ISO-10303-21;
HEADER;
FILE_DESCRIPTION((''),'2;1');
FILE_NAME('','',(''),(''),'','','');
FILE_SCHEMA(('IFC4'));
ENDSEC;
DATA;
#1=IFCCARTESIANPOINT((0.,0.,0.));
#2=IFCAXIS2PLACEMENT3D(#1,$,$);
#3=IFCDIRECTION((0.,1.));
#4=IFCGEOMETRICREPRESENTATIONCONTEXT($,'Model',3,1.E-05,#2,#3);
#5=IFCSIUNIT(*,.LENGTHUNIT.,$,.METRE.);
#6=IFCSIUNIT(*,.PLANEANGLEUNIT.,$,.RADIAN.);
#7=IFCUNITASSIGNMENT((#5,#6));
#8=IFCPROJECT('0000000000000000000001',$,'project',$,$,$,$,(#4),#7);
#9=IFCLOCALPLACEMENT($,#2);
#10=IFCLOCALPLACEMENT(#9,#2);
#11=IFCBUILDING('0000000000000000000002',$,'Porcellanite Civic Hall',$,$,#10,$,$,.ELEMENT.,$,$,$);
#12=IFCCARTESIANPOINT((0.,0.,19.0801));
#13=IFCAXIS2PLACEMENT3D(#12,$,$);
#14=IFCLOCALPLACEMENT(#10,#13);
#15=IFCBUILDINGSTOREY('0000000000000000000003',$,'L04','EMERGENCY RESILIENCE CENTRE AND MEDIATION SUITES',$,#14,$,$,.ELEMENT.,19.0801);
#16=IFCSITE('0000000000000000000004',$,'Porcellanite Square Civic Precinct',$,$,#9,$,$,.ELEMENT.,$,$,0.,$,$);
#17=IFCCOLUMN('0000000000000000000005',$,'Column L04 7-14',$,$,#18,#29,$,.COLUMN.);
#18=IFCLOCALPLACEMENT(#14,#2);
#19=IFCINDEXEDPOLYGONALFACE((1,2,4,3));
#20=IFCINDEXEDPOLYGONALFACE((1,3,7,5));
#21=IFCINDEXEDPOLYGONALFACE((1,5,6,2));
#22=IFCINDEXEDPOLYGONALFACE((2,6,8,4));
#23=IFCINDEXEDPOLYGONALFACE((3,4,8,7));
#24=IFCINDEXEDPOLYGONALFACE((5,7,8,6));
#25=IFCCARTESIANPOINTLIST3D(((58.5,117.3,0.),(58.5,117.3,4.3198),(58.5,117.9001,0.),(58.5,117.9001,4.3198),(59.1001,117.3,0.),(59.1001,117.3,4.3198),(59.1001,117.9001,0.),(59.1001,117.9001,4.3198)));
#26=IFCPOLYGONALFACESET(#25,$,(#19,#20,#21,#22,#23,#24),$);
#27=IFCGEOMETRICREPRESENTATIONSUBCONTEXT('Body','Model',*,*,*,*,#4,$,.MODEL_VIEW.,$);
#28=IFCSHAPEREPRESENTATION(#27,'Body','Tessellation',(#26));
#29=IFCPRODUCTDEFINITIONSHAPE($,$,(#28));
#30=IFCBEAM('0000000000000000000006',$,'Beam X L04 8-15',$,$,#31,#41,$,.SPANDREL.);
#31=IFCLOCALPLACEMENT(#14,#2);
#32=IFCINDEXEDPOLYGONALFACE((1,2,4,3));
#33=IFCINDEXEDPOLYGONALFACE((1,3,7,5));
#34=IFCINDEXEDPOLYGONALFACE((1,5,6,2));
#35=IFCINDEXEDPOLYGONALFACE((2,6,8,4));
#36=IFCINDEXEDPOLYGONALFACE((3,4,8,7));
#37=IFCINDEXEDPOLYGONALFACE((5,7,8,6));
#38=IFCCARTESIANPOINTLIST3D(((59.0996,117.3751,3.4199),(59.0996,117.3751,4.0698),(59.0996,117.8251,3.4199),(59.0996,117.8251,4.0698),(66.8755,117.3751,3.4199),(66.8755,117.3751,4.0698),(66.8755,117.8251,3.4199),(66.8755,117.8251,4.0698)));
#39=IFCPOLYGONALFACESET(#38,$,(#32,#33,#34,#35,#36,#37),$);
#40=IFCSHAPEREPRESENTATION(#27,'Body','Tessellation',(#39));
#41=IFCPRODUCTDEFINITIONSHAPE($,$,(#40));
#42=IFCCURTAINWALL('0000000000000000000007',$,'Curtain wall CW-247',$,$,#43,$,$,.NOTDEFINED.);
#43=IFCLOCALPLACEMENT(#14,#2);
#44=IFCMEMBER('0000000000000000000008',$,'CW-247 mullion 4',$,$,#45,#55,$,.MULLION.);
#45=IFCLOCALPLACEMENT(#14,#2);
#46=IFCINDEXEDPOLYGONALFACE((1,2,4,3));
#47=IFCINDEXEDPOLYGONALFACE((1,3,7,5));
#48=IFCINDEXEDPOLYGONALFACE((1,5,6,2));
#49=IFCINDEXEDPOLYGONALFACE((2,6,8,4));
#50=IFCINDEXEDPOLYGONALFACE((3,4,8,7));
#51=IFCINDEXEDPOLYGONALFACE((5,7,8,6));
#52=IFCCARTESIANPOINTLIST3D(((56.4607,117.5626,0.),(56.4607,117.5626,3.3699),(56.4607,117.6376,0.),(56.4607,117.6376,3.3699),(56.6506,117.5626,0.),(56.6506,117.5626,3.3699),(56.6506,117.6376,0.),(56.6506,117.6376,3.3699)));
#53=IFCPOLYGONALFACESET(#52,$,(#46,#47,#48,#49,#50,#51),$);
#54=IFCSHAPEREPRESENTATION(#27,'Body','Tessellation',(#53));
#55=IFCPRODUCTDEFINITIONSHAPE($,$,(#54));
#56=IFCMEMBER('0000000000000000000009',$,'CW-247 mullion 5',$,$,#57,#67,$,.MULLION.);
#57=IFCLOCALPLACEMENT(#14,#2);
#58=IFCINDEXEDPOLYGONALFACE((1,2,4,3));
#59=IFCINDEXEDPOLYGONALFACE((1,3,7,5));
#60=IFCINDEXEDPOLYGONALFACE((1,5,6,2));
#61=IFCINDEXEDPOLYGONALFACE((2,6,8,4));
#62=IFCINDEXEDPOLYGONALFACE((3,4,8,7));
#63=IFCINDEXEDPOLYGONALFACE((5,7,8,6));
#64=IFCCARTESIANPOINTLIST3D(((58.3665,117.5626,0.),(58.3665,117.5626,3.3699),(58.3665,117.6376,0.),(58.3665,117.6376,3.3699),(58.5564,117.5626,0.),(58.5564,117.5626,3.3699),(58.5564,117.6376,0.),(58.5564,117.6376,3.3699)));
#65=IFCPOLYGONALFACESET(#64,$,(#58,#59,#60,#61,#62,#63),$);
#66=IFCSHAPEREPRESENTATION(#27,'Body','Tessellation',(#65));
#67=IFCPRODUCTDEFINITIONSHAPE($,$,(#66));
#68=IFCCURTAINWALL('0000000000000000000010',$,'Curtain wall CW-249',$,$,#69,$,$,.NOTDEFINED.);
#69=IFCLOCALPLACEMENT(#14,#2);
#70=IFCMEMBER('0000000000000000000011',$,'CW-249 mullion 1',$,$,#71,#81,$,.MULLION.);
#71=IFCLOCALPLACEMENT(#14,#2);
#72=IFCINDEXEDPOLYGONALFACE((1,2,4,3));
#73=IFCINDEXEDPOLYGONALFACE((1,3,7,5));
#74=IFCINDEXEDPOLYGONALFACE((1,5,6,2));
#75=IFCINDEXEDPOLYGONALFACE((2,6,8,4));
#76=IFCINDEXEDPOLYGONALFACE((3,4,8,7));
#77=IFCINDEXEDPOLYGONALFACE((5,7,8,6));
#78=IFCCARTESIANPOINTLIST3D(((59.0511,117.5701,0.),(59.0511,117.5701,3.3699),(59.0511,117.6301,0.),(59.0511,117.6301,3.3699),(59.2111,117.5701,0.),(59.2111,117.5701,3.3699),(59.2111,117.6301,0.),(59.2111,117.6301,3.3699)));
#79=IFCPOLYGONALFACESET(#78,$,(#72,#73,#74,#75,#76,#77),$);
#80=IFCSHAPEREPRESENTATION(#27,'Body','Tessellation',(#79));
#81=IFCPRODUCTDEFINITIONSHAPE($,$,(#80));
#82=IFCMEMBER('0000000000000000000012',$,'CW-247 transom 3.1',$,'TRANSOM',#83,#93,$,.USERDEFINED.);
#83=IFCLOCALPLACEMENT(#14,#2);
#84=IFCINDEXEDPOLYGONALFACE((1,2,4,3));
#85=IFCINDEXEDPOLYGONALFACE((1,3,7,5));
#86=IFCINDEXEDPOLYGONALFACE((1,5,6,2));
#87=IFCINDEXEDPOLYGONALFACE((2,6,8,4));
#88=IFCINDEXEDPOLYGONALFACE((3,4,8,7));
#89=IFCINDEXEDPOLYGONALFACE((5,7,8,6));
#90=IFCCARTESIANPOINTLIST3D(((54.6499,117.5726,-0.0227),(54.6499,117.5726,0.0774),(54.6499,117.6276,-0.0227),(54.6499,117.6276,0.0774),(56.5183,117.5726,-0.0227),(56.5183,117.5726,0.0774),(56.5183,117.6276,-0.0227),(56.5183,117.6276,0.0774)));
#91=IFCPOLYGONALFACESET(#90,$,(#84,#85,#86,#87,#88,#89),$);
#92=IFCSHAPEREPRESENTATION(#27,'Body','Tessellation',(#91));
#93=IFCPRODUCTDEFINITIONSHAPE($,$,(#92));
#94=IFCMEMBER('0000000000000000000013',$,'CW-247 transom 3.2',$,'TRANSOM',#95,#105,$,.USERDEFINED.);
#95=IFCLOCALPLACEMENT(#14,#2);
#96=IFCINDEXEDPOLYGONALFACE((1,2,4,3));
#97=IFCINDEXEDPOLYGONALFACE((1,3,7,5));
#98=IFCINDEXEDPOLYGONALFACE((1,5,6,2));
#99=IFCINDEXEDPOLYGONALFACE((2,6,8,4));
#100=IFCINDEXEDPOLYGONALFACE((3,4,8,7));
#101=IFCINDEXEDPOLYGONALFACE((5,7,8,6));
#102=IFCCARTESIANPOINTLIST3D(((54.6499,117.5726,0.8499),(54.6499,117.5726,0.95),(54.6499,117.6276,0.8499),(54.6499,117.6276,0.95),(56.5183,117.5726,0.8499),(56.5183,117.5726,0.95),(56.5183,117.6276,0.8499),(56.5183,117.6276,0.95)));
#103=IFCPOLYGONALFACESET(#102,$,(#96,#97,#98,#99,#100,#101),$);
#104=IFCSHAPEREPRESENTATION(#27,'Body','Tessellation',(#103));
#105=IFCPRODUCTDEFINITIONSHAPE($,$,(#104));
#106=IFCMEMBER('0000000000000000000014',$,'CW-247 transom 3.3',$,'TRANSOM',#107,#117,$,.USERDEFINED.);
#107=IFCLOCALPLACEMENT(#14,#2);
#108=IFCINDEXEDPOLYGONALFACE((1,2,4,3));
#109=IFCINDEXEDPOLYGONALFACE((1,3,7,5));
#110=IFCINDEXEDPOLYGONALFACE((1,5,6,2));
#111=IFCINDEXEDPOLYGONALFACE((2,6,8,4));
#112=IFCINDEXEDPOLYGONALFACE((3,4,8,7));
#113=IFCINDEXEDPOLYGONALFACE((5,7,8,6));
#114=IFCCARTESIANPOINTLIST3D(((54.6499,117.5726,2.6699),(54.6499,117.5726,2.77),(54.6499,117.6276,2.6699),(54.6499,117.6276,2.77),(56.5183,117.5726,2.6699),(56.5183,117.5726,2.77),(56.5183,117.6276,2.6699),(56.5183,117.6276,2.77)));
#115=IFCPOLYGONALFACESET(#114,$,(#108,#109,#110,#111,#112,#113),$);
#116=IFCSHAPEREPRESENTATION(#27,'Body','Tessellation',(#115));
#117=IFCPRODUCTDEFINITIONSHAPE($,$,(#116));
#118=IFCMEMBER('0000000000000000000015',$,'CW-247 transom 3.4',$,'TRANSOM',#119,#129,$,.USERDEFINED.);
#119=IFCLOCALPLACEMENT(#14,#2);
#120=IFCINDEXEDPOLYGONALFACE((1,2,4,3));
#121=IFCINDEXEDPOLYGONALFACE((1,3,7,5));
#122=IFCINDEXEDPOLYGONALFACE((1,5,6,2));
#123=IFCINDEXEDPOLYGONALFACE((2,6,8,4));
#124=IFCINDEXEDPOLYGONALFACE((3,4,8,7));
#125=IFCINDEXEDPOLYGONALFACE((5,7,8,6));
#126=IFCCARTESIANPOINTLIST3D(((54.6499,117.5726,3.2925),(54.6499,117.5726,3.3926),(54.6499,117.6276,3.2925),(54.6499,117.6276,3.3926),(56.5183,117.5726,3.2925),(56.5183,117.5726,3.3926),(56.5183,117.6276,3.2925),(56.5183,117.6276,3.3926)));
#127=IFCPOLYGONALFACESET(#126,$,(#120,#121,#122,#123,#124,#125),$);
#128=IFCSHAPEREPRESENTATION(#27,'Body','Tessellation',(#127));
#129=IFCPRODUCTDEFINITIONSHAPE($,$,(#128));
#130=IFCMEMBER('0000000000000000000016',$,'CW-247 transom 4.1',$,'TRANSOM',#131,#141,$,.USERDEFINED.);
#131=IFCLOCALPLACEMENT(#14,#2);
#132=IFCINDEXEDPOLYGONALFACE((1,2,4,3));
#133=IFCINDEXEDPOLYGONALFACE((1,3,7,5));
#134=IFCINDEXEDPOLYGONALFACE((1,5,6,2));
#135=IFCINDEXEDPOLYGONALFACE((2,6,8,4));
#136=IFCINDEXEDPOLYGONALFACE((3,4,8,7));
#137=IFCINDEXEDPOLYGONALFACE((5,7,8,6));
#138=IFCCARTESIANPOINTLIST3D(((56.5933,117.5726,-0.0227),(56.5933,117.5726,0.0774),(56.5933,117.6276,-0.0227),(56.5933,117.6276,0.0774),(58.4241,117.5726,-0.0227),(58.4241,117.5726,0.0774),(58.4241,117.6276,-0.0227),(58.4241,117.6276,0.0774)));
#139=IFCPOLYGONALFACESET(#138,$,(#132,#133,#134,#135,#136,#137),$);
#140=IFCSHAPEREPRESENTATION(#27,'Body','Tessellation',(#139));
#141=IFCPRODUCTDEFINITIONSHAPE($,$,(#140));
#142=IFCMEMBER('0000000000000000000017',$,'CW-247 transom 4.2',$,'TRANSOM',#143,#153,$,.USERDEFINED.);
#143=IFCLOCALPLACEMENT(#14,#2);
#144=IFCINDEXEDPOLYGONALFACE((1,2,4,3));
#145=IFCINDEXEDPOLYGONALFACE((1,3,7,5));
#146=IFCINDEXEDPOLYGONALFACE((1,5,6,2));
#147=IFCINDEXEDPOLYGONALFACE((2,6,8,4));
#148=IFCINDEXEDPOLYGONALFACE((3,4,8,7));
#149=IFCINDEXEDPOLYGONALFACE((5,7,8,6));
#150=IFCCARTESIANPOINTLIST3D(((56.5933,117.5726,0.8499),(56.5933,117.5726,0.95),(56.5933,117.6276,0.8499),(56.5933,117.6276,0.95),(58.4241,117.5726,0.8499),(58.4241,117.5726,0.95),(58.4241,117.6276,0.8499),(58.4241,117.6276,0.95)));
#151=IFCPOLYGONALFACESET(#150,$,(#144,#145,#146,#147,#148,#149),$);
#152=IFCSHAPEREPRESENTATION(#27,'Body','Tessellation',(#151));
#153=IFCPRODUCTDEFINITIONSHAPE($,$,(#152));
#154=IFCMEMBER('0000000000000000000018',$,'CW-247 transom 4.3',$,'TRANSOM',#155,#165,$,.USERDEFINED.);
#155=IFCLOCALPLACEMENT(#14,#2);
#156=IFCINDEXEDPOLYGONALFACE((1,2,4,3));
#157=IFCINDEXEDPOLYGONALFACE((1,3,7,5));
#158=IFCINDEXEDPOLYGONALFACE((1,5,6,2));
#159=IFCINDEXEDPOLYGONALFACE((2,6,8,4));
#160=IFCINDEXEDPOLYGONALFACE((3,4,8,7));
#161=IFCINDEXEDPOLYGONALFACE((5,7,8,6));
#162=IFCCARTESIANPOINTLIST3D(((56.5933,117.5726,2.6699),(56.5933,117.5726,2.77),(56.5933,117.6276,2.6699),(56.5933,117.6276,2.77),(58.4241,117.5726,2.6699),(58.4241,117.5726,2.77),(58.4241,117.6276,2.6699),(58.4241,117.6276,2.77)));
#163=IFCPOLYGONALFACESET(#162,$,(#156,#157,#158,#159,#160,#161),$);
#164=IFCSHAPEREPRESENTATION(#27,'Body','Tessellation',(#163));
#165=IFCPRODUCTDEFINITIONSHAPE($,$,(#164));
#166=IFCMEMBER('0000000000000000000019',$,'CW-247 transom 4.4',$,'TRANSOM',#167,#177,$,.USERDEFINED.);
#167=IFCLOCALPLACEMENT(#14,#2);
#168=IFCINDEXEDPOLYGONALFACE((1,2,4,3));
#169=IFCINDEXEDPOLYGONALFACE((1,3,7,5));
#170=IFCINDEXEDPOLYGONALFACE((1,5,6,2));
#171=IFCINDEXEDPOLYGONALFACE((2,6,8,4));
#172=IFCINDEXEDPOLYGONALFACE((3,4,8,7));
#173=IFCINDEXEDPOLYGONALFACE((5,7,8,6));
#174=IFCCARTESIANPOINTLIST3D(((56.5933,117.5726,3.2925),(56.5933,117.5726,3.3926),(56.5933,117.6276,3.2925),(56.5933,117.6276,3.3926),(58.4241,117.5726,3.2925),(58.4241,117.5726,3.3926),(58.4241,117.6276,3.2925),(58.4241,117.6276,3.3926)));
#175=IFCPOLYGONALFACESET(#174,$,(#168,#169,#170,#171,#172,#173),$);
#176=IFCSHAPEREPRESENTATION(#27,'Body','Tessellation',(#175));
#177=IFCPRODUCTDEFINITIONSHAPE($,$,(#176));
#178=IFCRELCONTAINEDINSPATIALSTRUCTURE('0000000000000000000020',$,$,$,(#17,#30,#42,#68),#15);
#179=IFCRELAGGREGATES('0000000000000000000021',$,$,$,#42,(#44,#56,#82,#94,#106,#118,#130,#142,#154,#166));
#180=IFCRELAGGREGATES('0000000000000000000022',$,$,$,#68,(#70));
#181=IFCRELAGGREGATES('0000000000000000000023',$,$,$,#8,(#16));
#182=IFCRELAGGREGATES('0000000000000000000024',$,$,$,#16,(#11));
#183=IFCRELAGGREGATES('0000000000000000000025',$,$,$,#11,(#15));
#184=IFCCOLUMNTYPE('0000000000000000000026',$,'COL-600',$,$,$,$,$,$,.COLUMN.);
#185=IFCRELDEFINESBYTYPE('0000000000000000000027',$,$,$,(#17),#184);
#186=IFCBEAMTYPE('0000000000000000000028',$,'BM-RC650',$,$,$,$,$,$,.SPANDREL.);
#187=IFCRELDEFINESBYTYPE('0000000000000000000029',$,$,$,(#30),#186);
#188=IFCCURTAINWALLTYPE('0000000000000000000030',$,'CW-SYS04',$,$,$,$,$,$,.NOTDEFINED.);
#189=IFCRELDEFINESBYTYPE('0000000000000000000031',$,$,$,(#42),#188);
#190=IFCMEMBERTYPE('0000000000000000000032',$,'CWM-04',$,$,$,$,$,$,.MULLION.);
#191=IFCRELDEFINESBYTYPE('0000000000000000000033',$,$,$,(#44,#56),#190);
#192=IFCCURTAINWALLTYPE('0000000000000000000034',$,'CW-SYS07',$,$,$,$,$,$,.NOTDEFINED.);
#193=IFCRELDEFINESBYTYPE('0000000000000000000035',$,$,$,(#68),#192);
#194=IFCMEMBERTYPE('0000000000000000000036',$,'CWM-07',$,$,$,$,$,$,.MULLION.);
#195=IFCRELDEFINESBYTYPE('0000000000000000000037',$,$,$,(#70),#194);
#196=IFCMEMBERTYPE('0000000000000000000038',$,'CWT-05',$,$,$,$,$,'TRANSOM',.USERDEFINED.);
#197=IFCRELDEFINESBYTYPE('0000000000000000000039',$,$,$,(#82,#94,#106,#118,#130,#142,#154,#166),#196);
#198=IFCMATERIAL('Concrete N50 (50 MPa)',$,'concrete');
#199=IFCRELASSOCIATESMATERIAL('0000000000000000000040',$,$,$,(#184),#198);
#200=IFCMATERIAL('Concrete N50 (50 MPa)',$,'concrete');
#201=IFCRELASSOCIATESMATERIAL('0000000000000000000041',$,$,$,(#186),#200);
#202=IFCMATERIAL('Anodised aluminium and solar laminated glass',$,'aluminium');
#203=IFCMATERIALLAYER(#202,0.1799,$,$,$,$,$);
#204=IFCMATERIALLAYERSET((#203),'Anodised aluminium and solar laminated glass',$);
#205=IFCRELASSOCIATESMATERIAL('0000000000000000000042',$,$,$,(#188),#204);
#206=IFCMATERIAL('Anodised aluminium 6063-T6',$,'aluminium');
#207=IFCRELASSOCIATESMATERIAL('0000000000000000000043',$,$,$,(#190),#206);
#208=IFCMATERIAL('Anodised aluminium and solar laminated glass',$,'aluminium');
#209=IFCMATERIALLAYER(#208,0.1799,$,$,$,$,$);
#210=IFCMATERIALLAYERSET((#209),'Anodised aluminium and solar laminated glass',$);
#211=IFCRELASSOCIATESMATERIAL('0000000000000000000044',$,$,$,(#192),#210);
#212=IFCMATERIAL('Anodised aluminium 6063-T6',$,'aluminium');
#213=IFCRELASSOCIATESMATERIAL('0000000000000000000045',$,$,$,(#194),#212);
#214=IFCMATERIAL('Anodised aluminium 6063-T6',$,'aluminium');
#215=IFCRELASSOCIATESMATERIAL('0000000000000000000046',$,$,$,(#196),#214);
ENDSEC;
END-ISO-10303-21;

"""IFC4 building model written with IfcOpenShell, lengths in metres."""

from ifc_helpers import new_model, si_unit, direction, frame, origin, origin_2d, place, context, subcontext, project, spatial, rectangle, extrude, material, layer, layer_set, material_profile, profile_set, type_object, element, aggregate, save


model = new_model("IFC4")

# Units and contexts
model_context = context("Model", 3, precision=1e-05, world=origin(), true_north=direction((0.0, 1.0)))
body_context = subcontext(model_context, "Body", "Model", "MODEL_VIEW")
ifc_project = project(units=[si_unit("LENGTHUNIT", "METRE"), si_unit("PLANEANGLEUNIT", "RADIAN")], contexts=[model_context])

# Site, building, storey
site_placement = place(None, origin())
site = spatial("IfcSite", under=ifc_project, at=site_placement, Name="Porcellanite Square Civic Precinct", CompositionType="ELEMENT", RefElevation=0.0)
building_placement = place(site_placement, origin())
building = spatial("IfcBuilding", under=site, at=building_placement, Name="Porcellanite Civic Hall", CompositionType="ELEMENT")
storey_placement = place(building_placement, frame((0.0, 0.0, 19.0801)))
storey = spatial("IfcBuildingStorey", under=building, at=storey_placement, Name="L04", Description="EMERGENCY RESILIENCE CENTRE AND MEDIATION SUITES", CompositionType="ELEMENT", Elevation=19.0801)

# Column
ifc_material_1 = material(Name="Concrete N50 (50 MPa)", Category="concrete")
ifc_material_profile_1 = material_profile(ifc_material_1, rectangle(XDim=0.6001, YDim=0.6001, at=origin_2d()), Name="RC-600x600")
ifc_profile_set_1 = profile_set([ifc_material_profile_1], Name="Concrete N50 (50 MPa)")
column_type = type_object("IfcColumnType", Name="COL-600", PredefinedType="COLUMN", material=ifc_profile_set_1)
column_placement = place(storey_placement, frame((58.8, 117.6001, 0.0), z_axis=(0.0, 0.0, 1.0), x_axis=(1.0, 0.0, 0.0)))
element("IfcColumn", 1, at=column_placement, inside=storey, type_object=column_type, Name="Column L04 7-14", PredefinedType="COLUMN", context=body_context, shape_type="SweptSolid", body=[
    extrude(rectangle(XDim=0.6001, YDim=0.6001, at=origin_2d()), origin(), (0.0, 0.0, 1.0), 4.3198),
])

# Beam
ifc_material_2 = material(Name="Concrete N50 (50 MPa)", Category="concrete")
ifc_material_profile_2 = material_profile(ifc_material_2, rectangle(XDim=0.45, YDim=0.6499, at=origin_2d()), Name="RC-450x650")
ifc_profile_set_2 = profile_set([ifc_material_profile_2], Name="Concrete N50 (50 MPa)")
beam_type = type_object("IfcBeamType", Name="BM-RC650", PredefinedType="SPANDREL", material=ifc_profile_set_2)
beam_placement = place(storey_placement, frame((59.0996, 117.6001, 3.7449), z_axis=(1.0, 0.0, 0.0), x_axis=(0.0, 1.0, 0.0)))
element("IfcBeam", 2, at=beam_placement, inside=storey, type_object=beam_type, Name="Beam X L04 8-15", PredefinedType="SPANDREL", context=body_context, shape_type="SweptSolid", body=[
    extrude(rectangle(XDim=0.45, YDim=0.6499, at=origin_2d()), origin(), (0.0, 0.0, 1.0), 7.7759),
])

# Curtain wall, members
ifc_material_3 = material(Name="Anodised aluminium and solar laminated glass", Category="aluminium")
ifc_layer_1 = layer(ifc_material_3, 0.1799)
ifc_layer_set_1 = layer_set([ifc_layer_1], Name="Anodised aluminium and solar laminated glass")
curtain_wall_type_1 = type_object("IfcCurtainWallType", Name="CW-SYS04", PredefinedType="NOTDEFINED", material=ifc_layer_set_1)
curtain_wall_1_placement = place(storey_placement, origin())
curtain_wall_1 = element("IfcCurtainWall", 3, at=curtain_wall_1_placement, inside=storey, type_object=curtain_wall_type_1, Name="Curtain wall CW-247", PredefinedType="NOTDEFINED")
ifc_material_4 = material(Name="Anodised aluminium 6063-T6", Category="aluminium")
ifc_material_profile_3 = material_profile(ifc_material_4, rectangle(XDim=0.075, YDim=0.1899, at=origin_2d()), Name="AL-75x190")
ifc_profile_set_3 = profile_set([ifc_material_profile_3], Name="Anodised aluminium 6063-T6")
member_type_1 = type_object("IfcMemberType", Name="CWM-04", PredefinedType="MULLION", material=ifc_profile_set_3)
member_1_placement = place(storey_placement, frame((56.5557, 117.6001, 0.0), z_axis=(0.0, 0.0, 1.0), x_axis=(0.0, 1.0, 0.0)))
member_1 = element("IfcMember", 4, at=member_1_placement, type_object=member_type_1, Name="CW-247 mullion 4", PredefinedType="MULLION", context=body_context, shape_type="SweptSolid", body=[
    extrude(rectangle(XDim=0.075, YDim=0.1899, at=origin_2d()), origin(), (0.0, 0.0, 1.0), 3.3699),
])
member_2_placement = place(storey_placement, frame((58.4614, 117.6001, 0.0), z_axis=(0.0, 0.0, 1.0), x_axis=(0.0, 1.0, 0.0)))
member_2 = element("IfcMember", 5, at=member_2_placement, type_object=member_type_1, Name="CW-247 mullion 5", PredefinedType="MULLION", context=body_context, shape_type="SweptSolid", body=[
    extrude(rectangle(XDim=0.075, YDim=0.1899, at=origin_2d()), origin(), (0.0, 0.0, 1.0), 3.3699),
])

# Curtain wall, member
ifc_material_5 = material(Name="Anodised aluminium and solar laminated glass", Category="aluminium")
ifc_layer_2 = layer(ifc_material_5, 0.1799)
ifc_layer_set_2 = layer_set([ifc_layer_2], Name="Anodised aluminium and solar laminated glass")
curtain_wall_type_2 = type_object("IfcCurtainWallType", Name="CW-SYS07", PredefinedType="NOTDEFINED", material=ifc_layer_set_2)
curtain_wall_2_placement = place(storey_placement, origin())
curtain_wall_2 = element("IfcCurtainWall", 6, at=curtain_wall_2_placement, inside=storey, type_object=curtain_wall_type_2, Name="Curtain wall CW-249", PredefinedType="NOTDEFINED")
ifc_material_6 = material(Name="Anodised aluminium 6063-T6", Category="aluminium")
ifc_material_profile_4 = material_profile(ifc_material_6, rectangle(XDim=0.0601, YDim=0.1599, at=origin_2d()), Name="AL-60x160")
ifc_profile_set_4 = profile_set([ifc_material_profile_4], Name="Anodised aluminium 6063-T6")
member_type_2 = type_object("IfcMemberType", Name="CWM-07", PredefinedType="MULLION", material=ifc_profile_set_4)
member_3_placement = place(storey_placement, frame((59.1311, 117.6001, 0.0), z_axis=(0.0, 0.0, 1.0), x_axis=(0.0, 1.0, 0.0)))
member_3 = element("IfcMember", 7, at=member_3_placement, type_object=member_type_2, Name="CW-249 mullion 1", PredefinedType="MULLION", context=body_context, shape_type="SweptSolid", body=[
    extrude(rectangle(XDim=0.0601, YDim=0.1599, at=origin_2d()), origin(), (0.0, 0.0, 1.0), 3.3699),
])

# Members
ifc_material_7 = material(Name="Anodised aluminium 6063-T6", Category="aluminium")
ifc_material_profile_5 = material_profile(ifc_material_7, rectangle(XDim=0.0549, YDim=0.1001, at=origin_2d()), Name="AL-55x100")
ifc_profile_set_5 = profile_set([ifc_material_profile_5], Name="Anodised aluminium 6063-T6")
member_type_3 = type_object("IfcMemberType", Name="CWT-05", ElementType="TRANSOM", PredefinedType="USERDEFINED", material=ifc_profile_set_5)
member_4_placement = place(storey_placement, frame((54.6499, 117.6001, 0.0273), z_axis=(1.0, 0.0, 0.0), x_axis=(0.0, 1.0, 0.0)))
member_4 = element("IfcMember", 8, at=member_4_placement, type_object=member_type_3, Name="CW-247 transom 3.1", ObjectType="TRANSOM", PredefinedType="USERDEFINED", context=body_context, shape_type="SweptSolid", body=[
    extrude(rectangle(XDim=0.0549, YDim=0.1001, at=origin_2d()), origin(), (0.0, 0.0, 1.0), 1.8684),
])
member_5_placement = place(storey_placement, frame((54.6499, 117.6001, 0.8999), z_axis=(1.0, 0.0, 0.0), x_axis=(0.0, 1.0, 0.0)))
member_5 = element("IfcMember", 9, at=member_5_placement, type_object=member_type_3, Name="CW-247 transom 3.2", ObjectType="TRANSOM", PredefinedType="USERDEFINED", context=body_context, shape_type="SweptSolid", body=[
    extrude(rectangle(XDim=0.0549, YDim=0.1001, at=origin_2d()), origin(), (0.0, 0.0, 1.0), 1.8684),
])
member_6_placement = place(storey_placement, frame((54.6499, 117.6001, 2.72), z_axis=(1.0, 0.0, 0.0), x_axis=(0.0, 1.0, 0.0)))
member_6 = element("IfcMember", 10, at=member_6_placement, type_object=member_type_3, Name="CW-247 transom 3.3", ObjectType="TRANSOM", PredefinedType="USERDEFINED", context=body_context, shape_type="SweptSolid", body=[
    extrude(rectangle(XDim=0.0549, YDim=0.1001, at=origin_2d()), origin(), (0.0, 0.0, 1.0), 1.8684),
])
member_7_placement = place(storey_placement, frame((54.6499, 117.6001, 3.3425), z_axis=(1.0, 0.0, 0.0), x_axis=(0.0, 1.0, 0.0)))
member_7 = element("IfcMember", 11, at=member_7_placement, type_object=member_type_3, Name="CW-247 transom 3.4", ObjectType="TRANSOM", PredefinedType="USERDEFINED", context=body_context, shape_type="SweptSolid", body=[
    extrude(rectangle(XDim=0.0549, YDim=0.1001, at=origin_2d()), origin(), (0.0, 0.0, 1.0), 1.8684),
])
member_8_placement = place(storey_placement, frame((56.5933, 117.6001, 0.0273), z_axis=(1.0, 0.0, 0.0), x_axis=(0.0, 1.0, 0.0)))
member_8 = element("IfcMember", 12, at=member_8_placement, type_object=member_type_3, Name="CW-247 transom 4.1", ObjectType="TRANSOM", PredefinedType="USERDEFINED", context=body_context, shape_type="SweptSolid", body=[
    extrude(rectangle(XDim=0.0549, YDim=0.1001, at=origin_2d()), origin(), (0.0, 0.0, 1.0), 1.8308),
])
member_9_placement = place(storey_placement, frame((56.5933, 117.6001, 0.8999), z_axis=(1.0, 0.0, 0.0), x_axis=(0.0, 1.0, 0.0)))
member_9 = element("IfcMember", 13, at=member_9_placement, type_object=member_type_3, Name="CW-247 transom 4.2", ObjectType="TRANSOM", PredefinedType="USERDEFINED", context=body_context, shape_type="SweptSolid", body=[
    extrude(rectangle(XDim=0.0549, YDim=0.1001, at=origin_2d()), origin(), (0.0, 0.0, 1.0), 1.8308),
])
member_10_placement = place(storey_placement, frame((56.5933, 117.6001, 2.72), z_axis=(1.0, 0.0, 0.0), x_axis=(0.0, 1.0, 0.0)))
member_10 = element("IfcMember", 14, at=member_10_placement, type_object=member_type_3, Name="CW-247 transom 4.3", ObjectType="TRANSOM", PredefinedType="USERDEFINED", context=body_context, shape_type="SweptSolid", body=[
    extrude(rectangle(XDim=0.0549, YDim=0.1001, at=origin_2d()), origin(), (0.0, 0.0, 1.0), 1.8308),
])
member_11_placement = place(storey_placement, frame((56.5933, 117.6001, 3.3425), z_axis=(1.0, 0.0, 0.0), x_axis=(0.0, 1.0, 0.0)))
member_11 = element("IfcMember", 15, at=member_11_placement, type_object=member_type_3, Name="CW-247 transom 4.4", ObjectType="TRANSOM", PredefinedType="USERDEFINED", context=body_context, shape_type="SweptSolid", body=[
    extrude(rectangle(XDim=0.0549, YDim=0.1001, at=origin_2d()), origin(), (0.0, 0.0, 1.0), 1.8308),
])

aggregate(curtain_wall_1, [member_1, member_2, member_4, member_5, member_6, member_7, member_8, member_9, member_10, member_11])
aggregate(curtain_wall_2, [member_3])

save(model, "model.ifc")
